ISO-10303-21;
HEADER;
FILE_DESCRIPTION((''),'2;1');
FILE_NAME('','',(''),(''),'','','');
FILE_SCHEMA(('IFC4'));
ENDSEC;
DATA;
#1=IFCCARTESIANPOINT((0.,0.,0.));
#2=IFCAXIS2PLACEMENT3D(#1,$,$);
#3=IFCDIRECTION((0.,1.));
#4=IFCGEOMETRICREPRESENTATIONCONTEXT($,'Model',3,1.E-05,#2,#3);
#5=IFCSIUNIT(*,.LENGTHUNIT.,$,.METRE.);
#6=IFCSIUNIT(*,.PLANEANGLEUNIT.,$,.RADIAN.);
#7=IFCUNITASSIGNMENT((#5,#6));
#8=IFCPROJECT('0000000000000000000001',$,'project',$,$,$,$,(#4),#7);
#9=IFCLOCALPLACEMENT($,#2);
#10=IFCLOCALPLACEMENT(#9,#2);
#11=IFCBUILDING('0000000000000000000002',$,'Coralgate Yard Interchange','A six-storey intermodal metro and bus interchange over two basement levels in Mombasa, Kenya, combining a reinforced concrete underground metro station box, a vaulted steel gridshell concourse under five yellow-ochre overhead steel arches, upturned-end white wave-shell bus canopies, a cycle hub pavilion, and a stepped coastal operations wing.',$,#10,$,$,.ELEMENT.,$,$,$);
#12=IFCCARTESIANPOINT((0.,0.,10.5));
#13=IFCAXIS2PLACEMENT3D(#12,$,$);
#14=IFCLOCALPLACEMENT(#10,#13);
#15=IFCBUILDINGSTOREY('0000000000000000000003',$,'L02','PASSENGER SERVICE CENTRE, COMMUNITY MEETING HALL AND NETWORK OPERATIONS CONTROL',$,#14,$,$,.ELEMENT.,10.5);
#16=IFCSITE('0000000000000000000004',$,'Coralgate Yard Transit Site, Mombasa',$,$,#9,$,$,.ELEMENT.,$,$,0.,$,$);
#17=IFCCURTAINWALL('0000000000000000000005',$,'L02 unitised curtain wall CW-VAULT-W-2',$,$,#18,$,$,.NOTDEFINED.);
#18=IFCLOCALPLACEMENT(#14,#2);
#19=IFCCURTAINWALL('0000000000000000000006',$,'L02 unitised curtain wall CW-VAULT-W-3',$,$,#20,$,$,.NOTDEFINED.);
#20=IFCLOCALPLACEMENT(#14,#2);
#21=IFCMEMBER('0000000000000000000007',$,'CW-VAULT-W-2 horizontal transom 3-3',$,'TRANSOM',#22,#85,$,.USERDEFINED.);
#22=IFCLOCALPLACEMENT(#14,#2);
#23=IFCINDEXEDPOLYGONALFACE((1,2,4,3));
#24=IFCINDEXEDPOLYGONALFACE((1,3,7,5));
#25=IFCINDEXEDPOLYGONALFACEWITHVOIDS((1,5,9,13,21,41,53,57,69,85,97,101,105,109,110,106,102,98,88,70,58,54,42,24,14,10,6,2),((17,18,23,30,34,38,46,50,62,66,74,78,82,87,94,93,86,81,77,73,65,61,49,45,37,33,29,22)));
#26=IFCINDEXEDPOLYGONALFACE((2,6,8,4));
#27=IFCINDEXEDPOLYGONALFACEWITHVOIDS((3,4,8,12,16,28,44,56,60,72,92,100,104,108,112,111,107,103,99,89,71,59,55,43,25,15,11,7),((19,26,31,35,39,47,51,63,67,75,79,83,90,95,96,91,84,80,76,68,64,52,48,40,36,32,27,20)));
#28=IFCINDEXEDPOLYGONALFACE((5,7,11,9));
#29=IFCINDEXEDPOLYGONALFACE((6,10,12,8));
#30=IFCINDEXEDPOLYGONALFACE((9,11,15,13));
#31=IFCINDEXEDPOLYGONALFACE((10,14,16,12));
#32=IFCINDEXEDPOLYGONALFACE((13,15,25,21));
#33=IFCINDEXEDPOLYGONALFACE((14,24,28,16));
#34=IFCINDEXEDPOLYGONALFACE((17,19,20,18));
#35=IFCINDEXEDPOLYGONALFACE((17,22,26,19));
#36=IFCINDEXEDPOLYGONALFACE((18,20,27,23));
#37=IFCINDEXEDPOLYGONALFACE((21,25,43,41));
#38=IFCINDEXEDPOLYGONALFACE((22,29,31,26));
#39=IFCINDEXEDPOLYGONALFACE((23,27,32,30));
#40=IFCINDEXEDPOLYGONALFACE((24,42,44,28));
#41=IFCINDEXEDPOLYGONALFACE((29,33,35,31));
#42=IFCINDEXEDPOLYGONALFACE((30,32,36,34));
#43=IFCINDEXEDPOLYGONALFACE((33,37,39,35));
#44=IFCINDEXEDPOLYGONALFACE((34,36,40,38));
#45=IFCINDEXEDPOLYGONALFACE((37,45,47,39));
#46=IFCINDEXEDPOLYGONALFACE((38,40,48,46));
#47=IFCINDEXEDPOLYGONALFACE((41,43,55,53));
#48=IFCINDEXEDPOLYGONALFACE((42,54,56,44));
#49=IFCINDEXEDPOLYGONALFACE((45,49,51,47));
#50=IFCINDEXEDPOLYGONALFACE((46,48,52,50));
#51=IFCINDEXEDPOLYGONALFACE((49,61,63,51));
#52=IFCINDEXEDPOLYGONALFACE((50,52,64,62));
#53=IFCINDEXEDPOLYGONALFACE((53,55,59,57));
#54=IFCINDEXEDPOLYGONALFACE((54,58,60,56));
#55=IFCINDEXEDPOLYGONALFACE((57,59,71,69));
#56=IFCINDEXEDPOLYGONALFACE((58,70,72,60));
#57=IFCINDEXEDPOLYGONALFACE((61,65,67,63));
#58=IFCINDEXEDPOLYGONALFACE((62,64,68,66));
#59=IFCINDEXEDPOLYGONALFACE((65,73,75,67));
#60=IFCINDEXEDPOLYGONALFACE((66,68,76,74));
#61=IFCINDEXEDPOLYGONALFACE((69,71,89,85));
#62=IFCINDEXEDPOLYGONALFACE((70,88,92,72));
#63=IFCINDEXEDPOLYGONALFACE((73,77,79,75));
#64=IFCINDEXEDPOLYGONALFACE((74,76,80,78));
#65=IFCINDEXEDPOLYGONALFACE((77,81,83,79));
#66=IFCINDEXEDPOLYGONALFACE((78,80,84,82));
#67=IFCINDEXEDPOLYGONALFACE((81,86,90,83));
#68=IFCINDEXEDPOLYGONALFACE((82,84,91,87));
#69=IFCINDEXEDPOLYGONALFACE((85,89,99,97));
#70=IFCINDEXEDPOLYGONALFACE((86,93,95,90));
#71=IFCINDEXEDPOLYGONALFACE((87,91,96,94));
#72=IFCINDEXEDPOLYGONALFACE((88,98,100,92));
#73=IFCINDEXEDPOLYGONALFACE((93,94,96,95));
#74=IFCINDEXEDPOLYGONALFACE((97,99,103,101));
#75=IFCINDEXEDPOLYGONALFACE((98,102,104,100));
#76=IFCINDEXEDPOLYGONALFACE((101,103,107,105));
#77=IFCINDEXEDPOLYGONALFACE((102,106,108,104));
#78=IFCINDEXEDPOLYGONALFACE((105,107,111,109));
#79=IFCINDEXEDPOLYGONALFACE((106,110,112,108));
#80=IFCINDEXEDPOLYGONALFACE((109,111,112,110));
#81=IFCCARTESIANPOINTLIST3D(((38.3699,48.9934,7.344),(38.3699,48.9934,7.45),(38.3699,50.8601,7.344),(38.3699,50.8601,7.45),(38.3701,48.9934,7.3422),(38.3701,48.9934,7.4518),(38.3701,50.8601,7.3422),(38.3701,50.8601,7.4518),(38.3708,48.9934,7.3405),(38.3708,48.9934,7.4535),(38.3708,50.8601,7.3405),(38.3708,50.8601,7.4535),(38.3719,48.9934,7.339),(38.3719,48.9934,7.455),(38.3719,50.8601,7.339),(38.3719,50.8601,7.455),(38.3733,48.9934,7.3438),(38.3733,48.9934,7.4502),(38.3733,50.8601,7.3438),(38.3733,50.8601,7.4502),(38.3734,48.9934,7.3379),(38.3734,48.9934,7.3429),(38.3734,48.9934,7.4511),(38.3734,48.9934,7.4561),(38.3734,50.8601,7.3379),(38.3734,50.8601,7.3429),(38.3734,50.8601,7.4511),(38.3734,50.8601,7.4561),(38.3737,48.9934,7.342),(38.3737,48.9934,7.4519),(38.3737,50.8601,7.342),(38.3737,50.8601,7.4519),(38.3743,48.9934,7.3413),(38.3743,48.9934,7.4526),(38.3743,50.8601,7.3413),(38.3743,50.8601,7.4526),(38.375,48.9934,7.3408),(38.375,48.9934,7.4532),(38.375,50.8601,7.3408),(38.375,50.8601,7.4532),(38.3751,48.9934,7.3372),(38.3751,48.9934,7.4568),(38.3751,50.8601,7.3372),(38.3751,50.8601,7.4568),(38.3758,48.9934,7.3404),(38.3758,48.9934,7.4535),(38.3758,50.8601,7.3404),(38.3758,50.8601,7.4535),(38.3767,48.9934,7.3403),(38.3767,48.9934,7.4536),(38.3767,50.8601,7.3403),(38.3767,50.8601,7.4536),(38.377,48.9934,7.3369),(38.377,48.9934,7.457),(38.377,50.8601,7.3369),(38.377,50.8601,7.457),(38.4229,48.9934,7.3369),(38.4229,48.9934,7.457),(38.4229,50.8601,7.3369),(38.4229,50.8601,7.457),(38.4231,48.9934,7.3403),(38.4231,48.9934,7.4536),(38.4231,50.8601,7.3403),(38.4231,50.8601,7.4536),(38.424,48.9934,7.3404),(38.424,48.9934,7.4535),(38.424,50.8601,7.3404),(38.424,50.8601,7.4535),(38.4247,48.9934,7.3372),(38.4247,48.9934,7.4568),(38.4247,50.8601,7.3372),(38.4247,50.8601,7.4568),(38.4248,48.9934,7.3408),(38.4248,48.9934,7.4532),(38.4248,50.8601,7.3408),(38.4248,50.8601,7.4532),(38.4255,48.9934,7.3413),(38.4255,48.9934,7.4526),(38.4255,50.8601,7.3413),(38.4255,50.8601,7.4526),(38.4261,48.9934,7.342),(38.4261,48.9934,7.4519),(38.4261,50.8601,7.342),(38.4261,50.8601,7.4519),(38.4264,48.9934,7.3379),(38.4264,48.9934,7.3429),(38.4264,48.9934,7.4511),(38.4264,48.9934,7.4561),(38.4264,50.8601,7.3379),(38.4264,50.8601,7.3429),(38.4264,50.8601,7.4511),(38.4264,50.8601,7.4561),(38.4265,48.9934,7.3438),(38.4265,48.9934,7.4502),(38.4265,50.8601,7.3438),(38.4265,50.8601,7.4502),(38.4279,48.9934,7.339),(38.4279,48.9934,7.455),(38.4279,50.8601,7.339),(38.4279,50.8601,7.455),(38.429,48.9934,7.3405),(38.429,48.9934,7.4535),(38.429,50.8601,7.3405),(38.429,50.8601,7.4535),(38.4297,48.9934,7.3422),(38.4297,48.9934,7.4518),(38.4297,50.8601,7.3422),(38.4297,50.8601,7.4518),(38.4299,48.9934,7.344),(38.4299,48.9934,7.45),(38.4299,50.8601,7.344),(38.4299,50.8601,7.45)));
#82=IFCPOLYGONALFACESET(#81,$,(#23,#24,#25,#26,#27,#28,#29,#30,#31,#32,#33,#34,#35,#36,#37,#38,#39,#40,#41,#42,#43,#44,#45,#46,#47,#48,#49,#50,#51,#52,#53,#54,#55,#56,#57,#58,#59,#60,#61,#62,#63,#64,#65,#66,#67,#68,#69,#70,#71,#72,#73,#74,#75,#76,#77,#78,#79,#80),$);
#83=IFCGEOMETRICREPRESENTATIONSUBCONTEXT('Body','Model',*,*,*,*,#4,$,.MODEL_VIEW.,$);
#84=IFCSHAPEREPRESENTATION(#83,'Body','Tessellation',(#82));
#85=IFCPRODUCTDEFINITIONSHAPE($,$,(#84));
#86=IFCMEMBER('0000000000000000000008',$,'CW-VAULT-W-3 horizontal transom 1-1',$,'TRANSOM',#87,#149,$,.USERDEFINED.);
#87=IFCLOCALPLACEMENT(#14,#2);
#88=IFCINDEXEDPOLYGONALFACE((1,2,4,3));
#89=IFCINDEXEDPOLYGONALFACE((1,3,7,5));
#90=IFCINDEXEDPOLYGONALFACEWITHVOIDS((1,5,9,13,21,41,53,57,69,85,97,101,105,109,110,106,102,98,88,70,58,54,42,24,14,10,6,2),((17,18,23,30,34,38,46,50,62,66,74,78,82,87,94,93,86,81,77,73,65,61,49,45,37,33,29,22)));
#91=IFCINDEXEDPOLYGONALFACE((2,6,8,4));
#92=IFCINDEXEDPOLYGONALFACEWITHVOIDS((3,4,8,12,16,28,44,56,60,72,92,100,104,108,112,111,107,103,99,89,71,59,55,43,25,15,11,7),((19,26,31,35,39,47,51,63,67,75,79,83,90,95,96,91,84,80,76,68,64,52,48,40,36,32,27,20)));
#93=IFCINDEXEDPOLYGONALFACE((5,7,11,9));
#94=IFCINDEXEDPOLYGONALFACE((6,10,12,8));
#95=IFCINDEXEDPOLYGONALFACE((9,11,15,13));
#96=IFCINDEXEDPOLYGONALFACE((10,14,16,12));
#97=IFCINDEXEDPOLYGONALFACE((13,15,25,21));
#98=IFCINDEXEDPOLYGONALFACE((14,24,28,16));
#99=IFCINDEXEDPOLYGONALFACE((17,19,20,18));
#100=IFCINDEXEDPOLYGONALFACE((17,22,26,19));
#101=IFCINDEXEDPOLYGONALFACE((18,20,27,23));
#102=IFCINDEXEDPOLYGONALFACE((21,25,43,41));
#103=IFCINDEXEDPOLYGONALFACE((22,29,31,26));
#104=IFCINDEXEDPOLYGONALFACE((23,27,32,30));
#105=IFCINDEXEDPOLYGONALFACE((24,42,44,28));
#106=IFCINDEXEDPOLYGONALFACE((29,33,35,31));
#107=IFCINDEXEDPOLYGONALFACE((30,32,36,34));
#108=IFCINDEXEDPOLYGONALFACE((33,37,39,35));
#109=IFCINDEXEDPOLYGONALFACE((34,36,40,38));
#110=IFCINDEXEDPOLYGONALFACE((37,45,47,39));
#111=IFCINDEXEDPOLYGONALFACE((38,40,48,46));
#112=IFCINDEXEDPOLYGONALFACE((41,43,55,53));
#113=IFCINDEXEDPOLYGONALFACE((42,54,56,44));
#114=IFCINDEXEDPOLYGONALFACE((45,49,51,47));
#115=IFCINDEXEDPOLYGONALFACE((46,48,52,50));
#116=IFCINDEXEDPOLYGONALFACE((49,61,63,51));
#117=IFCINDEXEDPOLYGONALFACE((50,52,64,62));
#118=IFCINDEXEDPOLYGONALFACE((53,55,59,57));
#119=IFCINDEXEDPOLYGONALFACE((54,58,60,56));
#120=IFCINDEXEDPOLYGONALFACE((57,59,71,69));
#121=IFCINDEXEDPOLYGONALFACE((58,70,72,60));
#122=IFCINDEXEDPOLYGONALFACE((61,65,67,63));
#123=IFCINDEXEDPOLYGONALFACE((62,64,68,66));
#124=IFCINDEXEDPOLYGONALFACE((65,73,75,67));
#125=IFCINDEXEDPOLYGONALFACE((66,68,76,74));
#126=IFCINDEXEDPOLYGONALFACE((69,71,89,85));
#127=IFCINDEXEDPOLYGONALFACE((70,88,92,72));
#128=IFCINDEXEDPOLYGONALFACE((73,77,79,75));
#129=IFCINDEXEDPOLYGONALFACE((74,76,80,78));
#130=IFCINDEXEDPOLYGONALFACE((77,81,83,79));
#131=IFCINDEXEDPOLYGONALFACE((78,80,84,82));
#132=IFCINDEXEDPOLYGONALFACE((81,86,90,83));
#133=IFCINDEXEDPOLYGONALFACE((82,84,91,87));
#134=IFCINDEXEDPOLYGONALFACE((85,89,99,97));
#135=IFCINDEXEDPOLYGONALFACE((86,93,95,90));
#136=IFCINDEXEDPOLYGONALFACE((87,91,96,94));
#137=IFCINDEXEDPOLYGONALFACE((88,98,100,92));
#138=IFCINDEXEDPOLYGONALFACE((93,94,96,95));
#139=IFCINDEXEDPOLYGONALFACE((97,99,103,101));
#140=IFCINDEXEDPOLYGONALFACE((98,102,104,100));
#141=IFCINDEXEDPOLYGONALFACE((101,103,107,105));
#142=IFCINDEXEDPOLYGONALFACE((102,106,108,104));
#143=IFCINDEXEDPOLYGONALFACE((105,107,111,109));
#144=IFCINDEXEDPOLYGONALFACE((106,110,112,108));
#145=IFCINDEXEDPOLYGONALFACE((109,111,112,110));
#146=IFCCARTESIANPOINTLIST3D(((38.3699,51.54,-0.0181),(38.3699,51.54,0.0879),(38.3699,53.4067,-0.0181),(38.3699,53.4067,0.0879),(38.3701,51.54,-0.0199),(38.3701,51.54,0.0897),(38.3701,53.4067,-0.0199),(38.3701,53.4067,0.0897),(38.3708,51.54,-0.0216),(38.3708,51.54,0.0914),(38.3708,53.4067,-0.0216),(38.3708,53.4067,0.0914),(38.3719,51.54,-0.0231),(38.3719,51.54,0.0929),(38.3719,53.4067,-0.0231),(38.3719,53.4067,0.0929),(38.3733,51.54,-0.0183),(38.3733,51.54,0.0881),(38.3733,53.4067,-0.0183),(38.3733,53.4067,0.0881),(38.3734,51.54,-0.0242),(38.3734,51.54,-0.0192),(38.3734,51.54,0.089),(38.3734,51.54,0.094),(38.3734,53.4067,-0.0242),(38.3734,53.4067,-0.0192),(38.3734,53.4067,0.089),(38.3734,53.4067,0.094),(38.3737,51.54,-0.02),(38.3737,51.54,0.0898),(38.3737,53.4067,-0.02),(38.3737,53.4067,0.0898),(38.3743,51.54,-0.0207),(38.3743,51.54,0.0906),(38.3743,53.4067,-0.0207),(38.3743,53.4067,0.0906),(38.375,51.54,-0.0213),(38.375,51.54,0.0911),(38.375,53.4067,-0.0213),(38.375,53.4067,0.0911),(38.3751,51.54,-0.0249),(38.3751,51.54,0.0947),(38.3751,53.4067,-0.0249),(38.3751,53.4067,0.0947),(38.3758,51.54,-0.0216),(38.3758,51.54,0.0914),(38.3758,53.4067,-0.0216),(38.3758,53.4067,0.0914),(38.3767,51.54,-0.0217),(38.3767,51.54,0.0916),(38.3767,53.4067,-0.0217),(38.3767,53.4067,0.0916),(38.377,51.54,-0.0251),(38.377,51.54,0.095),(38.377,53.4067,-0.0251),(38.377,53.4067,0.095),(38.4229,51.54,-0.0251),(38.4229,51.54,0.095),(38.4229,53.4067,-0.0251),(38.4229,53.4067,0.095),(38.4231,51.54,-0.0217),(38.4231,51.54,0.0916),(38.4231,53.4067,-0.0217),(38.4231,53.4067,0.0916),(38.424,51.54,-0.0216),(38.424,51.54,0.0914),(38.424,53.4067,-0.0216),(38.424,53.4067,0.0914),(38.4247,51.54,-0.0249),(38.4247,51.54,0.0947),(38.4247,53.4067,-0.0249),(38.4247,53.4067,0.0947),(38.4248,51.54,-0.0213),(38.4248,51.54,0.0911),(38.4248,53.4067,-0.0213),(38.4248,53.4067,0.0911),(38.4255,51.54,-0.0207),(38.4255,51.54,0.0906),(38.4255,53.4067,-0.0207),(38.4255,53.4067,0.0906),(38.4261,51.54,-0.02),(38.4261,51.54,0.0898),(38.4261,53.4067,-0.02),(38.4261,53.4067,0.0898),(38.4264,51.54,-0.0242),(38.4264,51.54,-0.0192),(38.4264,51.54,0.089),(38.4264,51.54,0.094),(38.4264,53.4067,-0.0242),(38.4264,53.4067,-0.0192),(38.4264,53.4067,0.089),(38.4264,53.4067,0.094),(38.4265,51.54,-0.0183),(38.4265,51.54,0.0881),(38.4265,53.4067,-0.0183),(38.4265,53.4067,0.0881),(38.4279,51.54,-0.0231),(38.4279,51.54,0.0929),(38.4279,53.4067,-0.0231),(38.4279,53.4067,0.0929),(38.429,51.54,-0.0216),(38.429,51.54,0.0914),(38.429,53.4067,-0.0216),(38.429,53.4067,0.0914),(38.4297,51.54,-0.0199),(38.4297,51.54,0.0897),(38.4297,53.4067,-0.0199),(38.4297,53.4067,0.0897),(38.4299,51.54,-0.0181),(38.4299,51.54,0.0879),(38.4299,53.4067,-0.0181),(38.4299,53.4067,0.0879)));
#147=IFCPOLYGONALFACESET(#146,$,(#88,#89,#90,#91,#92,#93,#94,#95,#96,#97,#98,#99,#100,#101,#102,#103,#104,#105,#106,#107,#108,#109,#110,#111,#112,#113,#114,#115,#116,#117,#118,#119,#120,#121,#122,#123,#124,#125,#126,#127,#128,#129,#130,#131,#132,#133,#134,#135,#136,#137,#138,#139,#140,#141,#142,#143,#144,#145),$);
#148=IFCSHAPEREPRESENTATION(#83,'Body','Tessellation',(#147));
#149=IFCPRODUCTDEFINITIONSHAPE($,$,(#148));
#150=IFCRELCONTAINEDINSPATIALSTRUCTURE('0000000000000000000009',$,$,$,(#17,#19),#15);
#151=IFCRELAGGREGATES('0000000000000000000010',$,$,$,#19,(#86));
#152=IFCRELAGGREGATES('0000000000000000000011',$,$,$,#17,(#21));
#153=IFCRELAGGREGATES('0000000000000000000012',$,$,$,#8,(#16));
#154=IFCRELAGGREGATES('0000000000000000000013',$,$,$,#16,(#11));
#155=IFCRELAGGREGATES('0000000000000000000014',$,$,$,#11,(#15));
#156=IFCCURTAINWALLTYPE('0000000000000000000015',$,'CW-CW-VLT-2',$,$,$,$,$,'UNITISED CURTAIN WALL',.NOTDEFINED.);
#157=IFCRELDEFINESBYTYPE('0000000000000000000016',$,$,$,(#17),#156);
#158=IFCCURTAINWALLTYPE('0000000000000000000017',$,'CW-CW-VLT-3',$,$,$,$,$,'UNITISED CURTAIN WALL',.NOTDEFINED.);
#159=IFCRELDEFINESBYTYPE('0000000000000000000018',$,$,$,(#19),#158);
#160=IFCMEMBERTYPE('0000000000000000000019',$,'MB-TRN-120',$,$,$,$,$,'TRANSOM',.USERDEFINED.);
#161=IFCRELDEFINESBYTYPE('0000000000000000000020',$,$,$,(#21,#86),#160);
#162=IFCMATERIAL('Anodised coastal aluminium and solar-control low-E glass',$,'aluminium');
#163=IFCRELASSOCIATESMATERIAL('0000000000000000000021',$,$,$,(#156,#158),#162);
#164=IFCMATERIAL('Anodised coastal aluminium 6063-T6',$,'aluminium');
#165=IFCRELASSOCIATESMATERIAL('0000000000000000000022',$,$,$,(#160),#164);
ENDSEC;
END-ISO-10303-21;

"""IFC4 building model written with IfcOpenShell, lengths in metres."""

from ifc_helpers import new_model, si_unit, direction, frame, origin, origin_2d, place, context, subcontext, project, spatial, hollow_rectangle, extrude, material, material_profile, profile_set, type_object, element, aggregate, save


model = new_model("IFC4")

# Units and contexts
model_context = context("Model", 3, precision=1e-05, world=origin(), true_north=direction((0.0, 1.0)))
body_context = subcontext(model_context, "Body", "Model", "MODEL_VIEW")
ifc_project = project(units=[si_unit("LENGTHUNIT", "METRE"), si_unit("PLANEANGLEUNIT", "RADIAN")], contexts=[model_context])

# Site, building, storey
site_placement = place(None, origin())
site = spatial("IfcSite", under=ifc_project, at=site_placement, Name="Coralgate Yard Transit Site, Mombasa", CompositionType="ELEMENT", RefElevation=0.0)
building_placement = place(site_placement, origin())
building = spatial("IfcBuilding", under=site, at=building_placement, Name="Coralgate Yard Interchange", Description="A six-storey intermodal metro and bus interchange over two basement levels in Mombasa, Kenya, combining a reinforced concrete underground metro station box, a vaulted steel gridshell concourse under five yellow-ochre overhead steel arches, upturned-end white wave-shell bus canopies, a cycle hub pavilion, and a stepped coastal operations wing.", CompositionType="ELEMENT")
storey_placement = place(building_placement, frame((0.0, 0.0, 10.5)))
storey = spatial("IfcBuildingStorey", under=building, at=storey_placement, Name="L02", Description="PASSENGER SERVICE CENTRE, COMMUNITY MEETING HALL AND NETWORK OPERATIONS CONTROL", CompositionType="ELEMENT", Elevation=10.5)

# Shared definitions
ifc_material_1 = material(Name="Anodised coastal aluminium and solar-control low-E glass", Category="aluminium")
ifc_material_2 = material(Name="Anodised coastal aluminium 6063-T6", Category="aluminium")

# Curtain wall
curtain_wall_type_1 = type_object("IfcCurtainWallType", Name="CW-CW-VLT-2", ElementType="UNITISED CURTAIN WALL", PredefinedType="NOTDEFINED", material=ifc_material_1)
curtain_wall_1_placement = place(storey_placement, origin())
curtain_wall_1 = element("IfcCurtainWall", 1, at=curtain_wall_1_placement, inside=storey, type_object=curtain_wall_type_1, Name="L02 unitised curtain wall CW-VAULT-W-2", PredefinedType="NOTDEFINED")

# Curtain wall
curtain_wall_type_2 = type_object("IfcCurtainWallType", Name="CW-CW-VLT-3", ElementType="UNITISED CURTAIN WALL", PredefinedType="NOTDEFINED", material=ifc_material_1)
curtain_wall_2_placement = place(storey_placement, origin())
curtain_wall_2 = element("IfcCurtainWall", 2, at=curtain_wall_2_placement, inside=storey, type_object=curtain_wall_type_2, Name="L02 unitised curtain wall CW-VAULT-W-3", PredefinedType="NOTDEFINED")

# Members
ifc_material_profile_1 = material_profile(ifc_material_2, hollow_rectangle(XDim=0.0601, YDim=0.1201, WallThickness=0.0034, InnerFilletRadius=0.0034, OuterFilletRadius=0.0071, at=origin_2d()), Name="ALU 60x120x3.5")
ifc_profile_set_1 = profile_set([ifc_material_profile_1], Name="Anodised coastal aluminium 6063-T6")
member_type_1 = type_object("IfcMemberType", Name="MB-TRN-120", ElementType="TRANSOM", PredefinedType="USERDEFINED", material=ifc_profile_set_1)
member_1_placement = place(storey_placement, frame((38.3999, 48.9934, 7.397), z_axis=(0.0, 1.0, 0.0), x_axis=(-1.0, 0.0, 0.0)))
member_1 = element("IfcMember", 3, at=member_1_placement, type_object=member_type_1, Name="CW-VAULT-W-2 horizontal transom 3-3", ObjectType="TRANSOM", PredefinedType="USERDEFINED", context=body_context, shape_type="SweptSolid", body=[
    extrude(hollow_rectangle(XDim=0.0601, YDim=0.1201, WallThickness=0.0034, InnerFilletRadius=0.0034, OuterFilletRadius=0.0071, at=origin_2d()), origin(), (0.0, 0.0, 1.0), 1.8667),
])
member_2_placement = place(storey_placement, frame((38.3999, 51.54, 0.0349), z_axis=(0.0, 1.0, 0.0), x_axis=(-1.0, 0.0, 0.0)))
member_2 = element("IfcMember", 4, at=member_2_placement, type_object=member_type_1, Name="CW-VAULT-W-3 horizontal transom 1-1", ObjectType="TRANSOM", PredefinedType="USERDEFINED", context=body_context, shape_type="SweptSolid", body=[
    extrude(hollow_rectangle(XDim=0.0601, YDim=0.1201, WallThickness=0.0034, InnerFilletRadius=0.0034, OuterFilletRadius=0.0071, at=origin_2d()), origin(), (0.0, 0.0, 1.0), 1.8667),
])
aggregate(curtain_wall_2, [member_2])

aggregate(curtain_wall_1, [member_1])

save(model, "model.ifc")
